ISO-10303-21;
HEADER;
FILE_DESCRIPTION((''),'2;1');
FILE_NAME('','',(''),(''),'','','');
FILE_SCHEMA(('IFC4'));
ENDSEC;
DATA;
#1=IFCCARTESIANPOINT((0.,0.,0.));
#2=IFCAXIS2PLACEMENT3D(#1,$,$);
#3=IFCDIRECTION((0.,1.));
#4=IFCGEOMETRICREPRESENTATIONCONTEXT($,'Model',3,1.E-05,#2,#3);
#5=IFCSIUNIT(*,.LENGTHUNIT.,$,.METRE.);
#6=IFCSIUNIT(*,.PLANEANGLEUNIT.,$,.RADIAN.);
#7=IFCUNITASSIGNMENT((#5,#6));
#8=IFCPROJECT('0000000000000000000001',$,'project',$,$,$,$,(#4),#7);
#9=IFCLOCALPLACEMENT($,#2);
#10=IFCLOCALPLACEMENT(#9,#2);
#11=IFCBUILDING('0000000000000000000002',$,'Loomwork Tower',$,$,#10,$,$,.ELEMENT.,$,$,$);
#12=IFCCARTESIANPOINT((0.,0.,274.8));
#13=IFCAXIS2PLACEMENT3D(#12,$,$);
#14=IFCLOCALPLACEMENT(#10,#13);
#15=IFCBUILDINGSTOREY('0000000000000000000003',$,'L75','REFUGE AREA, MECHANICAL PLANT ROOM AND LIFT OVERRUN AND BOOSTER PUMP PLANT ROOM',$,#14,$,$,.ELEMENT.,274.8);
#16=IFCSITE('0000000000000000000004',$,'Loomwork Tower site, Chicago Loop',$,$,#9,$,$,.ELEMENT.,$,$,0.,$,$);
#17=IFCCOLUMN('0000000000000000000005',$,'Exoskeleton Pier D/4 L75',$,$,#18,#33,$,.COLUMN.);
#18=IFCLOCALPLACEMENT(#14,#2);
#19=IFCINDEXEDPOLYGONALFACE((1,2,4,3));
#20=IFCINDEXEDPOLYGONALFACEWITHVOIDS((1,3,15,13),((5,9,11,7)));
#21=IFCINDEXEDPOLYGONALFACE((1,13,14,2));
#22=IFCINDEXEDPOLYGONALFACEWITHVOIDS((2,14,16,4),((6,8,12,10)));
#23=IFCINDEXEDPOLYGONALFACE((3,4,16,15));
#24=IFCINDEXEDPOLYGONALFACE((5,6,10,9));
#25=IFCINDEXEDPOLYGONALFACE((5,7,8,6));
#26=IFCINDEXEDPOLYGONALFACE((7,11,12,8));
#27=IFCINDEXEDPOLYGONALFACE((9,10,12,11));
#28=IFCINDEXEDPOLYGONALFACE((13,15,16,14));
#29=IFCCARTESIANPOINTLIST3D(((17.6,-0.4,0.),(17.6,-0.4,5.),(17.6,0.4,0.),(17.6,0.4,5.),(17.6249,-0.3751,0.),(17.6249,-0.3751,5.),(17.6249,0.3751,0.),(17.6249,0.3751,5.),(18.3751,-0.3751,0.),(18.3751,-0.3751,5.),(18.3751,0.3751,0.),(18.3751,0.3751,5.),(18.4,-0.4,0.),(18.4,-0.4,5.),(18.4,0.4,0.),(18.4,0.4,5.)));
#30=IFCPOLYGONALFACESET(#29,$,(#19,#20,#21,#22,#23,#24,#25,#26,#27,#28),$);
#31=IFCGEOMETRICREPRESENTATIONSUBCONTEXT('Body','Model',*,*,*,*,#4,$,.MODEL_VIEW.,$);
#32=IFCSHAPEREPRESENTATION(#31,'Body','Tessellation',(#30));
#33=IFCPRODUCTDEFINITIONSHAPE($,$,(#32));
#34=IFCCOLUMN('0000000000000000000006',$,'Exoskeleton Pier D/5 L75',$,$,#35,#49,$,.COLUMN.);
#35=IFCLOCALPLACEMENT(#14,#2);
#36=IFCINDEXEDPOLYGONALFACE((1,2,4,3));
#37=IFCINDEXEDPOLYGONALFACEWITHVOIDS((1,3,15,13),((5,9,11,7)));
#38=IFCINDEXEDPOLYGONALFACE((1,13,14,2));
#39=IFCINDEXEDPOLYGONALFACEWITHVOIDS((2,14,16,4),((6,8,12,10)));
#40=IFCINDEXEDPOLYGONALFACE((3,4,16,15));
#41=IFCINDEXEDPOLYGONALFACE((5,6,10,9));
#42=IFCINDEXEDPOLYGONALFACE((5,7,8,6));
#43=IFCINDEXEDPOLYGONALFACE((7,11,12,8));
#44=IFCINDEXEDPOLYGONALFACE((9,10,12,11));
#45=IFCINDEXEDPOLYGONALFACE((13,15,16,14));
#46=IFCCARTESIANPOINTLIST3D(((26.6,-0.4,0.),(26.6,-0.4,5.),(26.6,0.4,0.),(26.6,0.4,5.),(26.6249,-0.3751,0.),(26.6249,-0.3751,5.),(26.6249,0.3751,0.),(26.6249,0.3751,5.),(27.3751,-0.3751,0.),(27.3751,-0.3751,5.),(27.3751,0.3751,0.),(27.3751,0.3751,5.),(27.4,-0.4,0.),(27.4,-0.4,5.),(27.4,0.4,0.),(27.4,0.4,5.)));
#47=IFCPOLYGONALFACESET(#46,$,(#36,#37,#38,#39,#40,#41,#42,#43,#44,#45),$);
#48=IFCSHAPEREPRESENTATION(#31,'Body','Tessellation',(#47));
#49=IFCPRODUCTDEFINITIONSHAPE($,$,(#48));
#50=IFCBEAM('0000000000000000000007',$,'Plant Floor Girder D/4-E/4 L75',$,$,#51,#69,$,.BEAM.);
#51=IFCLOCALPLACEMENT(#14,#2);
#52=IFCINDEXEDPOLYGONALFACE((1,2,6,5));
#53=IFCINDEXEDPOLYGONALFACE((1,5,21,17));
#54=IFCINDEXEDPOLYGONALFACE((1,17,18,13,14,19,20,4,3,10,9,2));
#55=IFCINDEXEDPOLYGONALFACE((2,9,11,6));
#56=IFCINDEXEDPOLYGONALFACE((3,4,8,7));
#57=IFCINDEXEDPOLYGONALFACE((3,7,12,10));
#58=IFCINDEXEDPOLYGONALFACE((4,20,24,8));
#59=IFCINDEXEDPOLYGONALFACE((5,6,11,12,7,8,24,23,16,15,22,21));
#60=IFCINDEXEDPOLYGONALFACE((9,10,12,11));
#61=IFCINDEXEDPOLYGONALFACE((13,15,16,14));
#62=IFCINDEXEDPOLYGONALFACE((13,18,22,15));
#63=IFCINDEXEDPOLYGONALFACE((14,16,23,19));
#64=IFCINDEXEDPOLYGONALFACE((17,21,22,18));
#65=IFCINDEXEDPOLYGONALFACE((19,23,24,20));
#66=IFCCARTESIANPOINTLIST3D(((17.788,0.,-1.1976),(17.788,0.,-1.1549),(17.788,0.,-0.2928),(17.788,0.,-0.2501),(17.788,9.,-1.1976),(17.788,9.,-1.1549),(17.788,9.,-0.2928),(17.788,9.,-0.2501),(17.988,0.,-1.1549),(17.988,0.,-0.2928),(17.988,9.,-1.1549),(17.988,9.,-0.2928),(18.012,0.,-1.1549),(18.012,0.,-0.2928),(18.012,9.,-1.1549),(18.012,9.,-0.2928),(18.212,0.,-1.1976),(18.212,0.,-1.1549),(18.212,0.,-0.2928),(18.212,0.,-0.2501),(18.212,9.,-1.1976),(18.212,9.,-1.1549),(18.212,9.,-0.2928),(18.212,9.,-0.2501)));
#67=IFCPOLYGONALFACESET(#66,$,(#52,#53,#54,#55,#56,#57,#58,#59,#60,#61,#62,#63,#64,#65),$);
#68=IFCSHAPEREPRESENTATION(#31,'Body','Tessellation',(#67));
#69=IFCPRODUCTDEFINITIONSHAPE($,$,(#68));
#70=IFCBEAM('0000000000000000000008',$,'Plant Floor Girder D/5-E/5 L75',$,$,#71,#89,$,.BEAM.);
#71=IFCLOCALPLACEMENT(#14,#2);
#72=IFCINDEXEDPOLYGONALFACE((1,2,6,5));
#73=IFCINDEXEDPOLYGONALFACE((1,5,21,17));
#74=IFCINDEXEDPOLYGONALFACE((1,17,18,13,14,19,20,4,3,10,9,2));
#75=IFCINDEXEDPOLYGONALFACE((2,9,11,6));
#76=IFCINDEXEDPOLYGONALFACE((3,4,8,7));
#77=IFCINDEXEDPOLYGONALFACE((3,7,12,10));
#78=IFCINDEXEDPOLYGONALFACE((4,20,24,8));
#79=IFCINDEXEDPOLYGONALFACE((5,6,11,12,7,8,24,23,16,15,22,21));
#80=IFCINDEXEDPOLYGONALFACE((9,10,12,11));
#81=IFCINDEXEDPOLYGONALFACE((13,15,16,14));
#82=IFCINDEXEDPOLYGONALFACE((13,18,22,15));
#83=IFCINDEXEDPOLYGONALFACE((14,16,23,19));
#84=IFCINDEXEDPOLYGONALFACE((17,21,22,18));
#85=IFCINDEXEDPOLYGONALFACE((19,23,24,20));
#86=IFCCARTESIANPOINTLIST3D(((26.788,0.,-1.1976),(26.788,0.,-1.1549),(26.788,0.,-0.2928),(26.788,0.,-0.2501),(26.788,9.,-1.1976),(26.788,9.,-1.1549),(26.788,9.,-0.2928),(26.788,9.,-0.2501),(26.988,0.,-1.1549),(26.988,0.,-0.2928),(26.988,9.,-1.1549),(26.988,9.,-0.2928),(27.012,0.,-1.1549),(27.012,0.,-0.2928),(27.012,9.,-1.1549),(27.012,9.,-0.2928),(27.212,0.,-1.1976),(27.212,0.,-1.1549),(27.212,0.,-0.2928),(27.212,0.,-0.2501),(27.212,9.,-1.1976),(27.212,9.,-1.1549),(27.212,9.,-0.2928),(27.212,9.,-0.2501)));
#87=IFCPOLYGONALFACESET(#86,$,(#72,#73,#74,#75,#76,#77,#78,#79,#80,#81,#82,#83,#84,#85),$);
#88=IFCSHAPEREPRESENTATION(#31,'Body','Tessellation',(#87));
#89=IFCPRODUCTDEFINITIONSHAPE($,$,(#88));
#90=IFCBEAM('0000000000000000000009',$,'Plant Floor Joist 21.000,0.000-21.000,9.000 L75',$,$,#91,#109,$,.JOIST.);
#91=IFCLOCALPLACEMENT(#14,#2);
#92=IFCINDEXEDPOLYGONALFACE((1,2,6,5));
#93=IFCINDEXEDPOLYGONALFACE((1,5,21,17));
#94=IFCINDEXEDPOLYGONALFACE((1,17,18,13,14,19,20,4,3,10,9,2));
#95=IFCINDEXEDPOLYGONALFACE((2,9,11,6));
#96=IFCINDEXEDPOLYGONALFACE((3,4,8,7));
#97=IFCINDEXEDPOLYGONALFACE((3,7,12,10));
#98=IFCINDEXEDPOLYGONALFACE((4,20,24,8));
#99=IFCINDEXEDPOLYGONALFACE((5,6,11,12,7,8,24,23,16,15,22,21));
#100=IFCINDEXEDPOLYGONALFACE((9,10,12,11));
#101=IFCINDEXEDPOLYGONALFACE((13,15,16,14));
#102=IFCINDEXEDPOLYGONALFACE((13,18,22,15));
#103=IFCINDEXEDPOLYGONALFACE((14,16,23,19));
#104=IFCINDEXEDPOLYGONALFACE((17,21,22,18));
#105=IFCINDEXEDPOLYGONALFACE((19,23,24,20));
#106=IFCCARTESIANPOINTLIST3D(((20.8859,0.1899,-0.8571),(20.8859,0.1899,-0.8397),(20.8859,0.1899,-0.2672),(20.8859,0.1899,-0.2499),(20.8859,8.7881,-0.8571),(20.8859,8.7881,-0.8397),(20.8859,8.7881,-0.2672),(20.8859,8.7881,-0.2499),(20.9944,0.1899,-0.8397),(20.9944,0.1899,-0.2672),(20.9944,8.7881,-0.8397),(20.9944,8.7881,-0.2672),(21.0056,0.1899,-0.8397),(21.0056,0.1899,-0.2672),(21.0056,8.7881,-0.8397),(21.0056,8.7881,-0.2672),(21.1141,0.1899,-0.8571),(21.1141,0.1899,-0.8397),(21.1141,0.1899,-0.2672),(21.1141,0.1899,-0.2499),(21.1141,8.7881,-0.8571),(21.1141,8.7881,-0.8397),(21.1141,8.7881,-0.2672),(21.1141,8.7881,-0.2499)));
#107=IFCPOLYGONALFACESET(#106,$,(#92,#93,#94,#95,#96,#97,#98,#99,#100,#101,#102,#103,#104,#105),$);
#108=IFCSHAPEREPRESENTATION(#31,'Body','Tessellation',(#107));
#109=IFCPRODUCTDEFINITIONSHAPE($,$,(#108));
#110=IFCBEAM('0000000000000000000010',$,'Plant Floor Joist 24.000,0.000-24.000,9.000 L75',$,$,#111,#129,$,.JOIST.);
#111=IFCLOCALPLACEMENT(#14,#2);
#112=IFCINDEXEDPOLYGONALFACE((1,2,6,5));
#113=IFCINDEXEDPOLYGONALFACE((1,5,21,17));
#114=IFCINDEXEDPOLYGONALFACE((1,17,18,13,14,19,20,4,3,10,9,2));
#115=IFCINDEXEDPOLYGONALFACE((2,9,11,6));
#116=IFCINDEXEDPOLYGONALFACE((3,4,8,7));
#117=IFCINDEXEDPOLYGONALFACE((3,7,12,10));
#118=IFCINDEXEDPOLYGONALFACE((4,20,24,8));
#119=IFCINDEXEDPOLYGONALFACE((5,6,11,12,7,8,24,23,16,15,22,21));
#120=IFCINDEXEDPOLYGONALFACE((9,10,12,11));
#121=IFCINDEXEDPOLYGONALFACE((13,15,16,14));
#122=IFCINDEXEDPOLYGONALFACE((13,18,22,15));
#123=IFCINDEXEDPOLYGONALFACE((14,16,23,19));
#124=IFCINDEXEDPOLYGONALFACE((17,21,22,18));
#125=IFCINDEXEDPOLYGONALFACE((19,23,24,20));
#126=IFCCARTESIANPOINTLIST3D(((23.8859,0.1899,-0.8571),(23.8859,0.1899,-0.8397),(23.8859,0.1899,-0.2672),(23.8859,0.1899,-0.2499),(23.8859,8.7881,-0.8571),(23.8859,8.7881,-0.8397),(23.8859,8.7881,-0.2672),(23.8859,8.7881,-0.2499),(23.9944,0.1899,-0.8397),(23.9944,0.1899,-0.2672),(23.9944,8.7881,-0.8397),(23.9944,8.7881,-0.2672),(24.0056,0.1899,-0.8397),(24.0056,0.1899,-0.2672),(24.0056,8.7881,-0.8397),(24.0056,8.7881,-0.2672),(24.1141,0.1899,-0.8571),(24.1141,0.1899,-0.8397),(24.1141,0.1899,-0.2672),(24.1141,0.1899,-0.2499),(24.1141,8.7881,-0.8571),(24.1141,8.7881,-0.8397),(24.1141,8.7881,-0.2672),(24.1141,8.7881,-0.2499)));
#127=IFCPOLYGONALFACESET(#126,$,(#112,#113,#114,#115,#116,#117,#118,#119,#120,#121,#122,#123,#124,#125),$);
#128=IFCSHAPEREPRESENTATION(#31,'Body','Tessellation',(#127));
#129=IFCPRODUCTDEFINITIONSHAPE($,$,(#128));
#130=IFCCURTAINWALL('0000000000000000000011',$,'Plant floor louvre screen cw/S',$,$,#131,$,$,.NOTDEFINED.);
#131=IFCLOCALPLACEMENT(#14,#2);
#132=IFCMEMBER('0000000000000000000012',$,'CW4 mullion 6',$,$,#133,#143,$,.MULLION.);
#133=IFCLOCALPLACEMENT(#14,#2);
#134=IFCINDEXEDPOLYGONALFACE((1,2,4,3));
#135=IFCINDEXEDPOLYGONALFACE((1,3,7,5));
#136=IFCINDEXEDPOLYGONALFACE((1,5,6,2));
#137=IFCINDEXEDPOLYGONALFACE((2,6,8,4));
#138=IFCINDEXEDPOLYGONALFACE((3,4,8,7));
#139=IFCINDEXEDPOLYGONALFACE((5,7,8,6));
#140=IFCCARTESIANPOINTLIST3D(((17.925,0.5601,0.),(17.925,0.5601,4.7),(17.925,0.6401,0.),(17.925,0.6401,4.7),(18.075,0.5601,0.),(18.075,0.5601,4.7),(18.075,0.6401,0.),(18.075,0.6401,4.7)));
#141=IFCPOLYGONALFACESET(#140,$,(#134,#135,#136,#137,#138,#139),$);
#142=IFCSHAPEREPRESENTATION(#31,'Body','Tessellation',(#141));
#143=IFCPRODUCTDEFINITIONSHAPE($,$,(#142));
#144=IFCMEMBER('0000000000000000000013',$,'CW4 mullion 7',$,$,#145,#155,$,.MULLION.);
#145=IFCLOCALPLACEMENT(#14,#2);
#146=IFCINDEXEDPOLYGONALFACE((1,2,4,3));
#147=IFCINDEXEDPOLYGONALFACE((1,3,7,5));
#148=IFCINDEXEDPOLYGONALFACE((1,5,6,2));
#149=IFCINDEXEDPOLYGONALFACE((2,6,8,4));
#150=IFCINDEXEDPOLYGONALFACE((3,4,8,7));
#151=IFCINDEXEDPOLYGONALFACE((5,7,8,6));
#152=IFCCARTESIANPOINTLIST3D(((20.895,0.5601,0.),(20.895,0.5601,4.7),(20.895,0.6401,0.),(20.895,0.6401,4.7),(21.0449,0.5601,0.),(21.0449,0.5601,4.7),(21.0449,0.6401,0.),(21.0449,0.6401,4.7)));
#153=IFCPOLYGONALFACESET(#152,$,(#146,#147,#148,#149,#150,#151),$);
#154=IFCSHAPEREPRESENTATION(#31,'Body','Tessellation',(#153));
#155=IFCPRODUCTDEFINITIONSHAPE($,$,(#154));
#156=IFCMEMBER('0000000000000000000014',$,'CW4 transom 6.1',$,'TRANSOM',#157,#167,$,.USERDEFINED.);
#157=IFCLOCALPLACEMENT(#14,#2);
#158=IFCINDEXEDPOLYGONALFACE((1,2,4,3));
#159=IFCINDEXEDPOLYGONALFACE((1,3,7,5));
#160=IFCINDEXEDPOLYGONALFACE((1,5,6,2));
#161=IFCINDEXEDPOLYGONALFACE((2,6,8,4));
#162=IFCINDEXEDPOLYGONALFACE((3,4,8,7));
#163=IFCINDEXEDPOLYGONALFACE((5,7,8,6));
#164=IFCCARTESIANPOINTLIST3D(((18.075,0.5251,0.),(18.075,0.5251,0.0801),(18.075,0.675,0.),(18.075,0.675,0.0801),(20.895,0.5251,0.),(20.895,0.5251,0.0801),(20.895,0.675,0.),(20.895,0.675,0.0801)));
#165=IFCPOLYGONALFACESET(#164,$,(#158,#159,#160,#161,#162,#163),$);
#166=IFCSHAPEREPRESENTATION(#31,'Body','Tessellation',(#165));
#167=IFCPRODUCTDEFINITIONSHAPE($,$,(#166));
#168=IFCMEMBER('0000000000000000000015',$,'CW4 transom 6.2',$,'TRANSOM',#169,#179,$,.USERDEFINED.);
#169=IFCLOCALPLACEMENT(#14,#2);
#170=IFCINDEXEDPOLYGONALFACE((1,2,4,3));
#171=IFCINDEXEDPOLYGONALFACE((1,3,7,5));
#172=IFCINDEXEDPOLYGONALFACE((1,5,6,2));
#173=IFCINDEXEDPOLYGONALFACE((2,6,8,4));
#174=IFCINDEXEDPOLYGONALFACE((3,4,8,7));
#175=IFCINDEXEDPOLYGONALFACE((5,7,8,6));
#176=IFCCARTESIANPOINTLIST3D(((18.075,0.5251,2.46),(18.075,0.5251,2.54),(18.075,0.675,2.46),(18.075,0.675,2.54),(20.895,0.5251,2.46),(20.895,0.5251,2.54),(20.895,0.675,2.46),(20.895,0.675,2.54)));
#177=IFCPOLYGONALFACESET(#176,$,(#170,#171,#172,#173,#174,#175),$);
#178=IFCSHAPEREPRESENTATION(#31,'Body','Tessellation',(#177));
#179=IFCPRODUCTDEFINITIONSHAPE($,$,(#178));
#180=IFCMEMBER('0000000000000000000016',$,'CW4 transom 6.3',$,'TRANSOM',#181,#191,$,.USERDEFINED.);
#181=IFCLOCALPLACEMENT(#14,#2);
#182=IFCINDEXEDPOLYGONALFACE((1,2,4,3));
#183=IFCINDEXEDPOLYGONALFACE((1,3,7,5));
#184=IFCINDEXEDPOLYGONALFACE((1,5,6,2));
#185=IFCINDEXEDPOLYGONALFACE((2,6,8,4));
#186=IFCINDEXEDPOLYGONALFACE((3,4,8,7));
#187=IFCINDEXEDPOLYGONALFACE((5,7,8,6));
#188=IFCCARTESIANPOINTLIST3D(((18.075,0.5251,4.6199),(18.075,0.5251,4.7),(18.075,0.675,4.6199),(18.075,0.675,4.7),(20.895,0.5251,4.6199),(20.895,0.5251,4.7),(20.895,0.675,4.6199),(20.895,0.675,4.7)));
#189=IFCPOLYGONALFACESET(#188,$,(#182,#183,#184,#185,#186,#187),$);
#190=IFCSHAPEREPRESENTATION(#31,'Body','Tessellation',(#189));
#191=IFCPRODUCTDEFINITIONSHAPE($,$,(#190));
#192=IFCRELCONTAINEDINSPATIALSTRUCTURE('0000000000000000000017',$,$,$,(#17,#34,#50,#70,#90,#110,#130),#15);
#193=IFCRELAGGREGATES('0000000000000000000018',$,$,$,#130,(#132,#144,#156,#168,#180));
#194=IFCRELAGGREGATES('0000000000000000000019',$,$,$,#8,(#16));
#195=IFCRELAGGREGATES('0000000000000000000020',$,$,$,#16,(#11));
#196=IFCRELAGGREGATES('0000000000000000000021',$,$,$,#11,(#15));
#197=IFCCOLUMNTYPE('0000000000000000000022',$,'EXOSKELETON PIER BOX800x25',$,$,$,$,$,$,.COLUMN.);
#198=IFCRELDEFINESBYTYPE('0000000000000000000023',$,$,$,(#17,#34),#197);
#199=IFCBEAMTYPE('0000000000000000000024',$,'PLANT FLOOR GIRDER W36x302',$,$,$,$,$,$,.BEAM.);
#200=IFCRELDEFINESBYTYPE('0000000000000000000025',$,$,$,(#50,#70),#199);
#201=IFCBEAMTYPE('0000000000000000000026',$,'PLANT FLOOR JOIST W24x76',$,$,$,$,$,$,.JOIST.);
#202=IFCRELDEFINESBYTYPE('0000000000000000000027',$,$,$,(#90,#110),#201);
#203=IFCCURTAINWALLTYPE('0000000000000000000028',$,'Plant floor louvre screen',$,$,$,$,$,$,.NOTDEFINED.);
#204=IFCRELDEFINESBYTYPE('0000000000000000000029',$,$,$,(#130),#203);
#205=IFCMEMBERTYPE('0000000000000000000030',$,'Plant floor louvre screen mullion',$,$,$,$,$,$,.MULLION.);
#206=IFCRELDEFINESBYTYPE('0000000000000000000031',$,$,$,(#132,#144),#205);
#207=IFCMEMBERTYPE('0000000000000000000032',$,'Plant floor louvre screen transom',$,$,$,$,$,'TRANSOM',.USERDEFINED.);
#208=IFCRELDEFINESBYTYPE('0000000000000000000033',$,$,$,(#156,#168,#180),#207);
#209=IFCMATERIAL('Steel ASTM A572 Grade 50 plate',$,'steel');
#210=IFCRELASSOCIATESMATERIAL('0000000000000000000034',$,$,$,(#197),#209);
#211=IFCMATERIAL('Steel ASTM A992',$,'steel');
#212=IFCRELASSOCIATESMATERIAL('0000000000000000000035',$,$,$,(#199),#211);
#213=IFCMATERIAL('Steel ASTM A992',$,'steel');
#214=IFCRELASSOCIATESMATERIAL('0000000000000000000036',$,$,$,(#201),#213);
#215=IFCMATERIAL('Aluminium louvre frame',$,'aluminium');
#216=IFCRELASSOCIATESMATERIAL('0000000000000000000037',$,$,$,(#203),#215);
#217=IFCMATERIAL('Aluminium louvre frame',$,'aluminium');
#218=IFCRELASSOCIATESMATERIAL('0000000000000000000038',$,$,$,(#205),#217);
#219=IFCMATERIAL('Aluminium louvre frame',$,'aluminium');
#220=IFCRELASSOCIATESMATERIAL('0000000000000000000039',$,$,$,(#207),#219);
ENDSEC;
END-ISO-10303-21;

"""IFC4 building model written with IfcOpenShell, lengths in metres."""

from ifc_helpers import new_model, si_unit, direction, frame, origin, origin_2d, place, context, subcontext, project, spatial, rectangle, hollow_rectangle, i_section, extrude, material, material_profile, profile_set, type_object, element, aggregate, save


model = new_model("IFC4")

# Units and contexts
model_context = context("Model", 3, precision=1e-05, world=origin(), true_north=direction((0.0, 1.0)))
body_context = subcontext(model_context, "Body", "Model", "MODEL_VIEW")
ifc_project = project(units=[si_unit("LENGTHUNIT", "METRE"), si_unit("PLANEANGLEUNIT", "RADIAN")], contexts=[model_context])

# Site, building, storey
site_placement = place(None, origin())
site = spatial("IfcSite", under=ifc_project, at=site_placement, Name="Loomwork Tower site, Chicago Loop", CompositionType="ELEMENT", RefElevation=0.0)
building_placement = place(site_placement, origin())
building = spatial("IfcBuilding", under=site, at=building_placement, Name="Loomwork Tower", CompositionType="ELEMENT")
storey_placement = place(building_placement, frame((0.0, 0.0, 274.8)))
storey = spatial("IfcBuildingStorey", under=building, at=storey_placement, Name="L75", Description="REFUGE AREA, MECHANICAL PLANT ROOM AND LIFT OVERRUN AND BOOSTER PUMP PLANT ROOM", CompositionType="ELEMENT", Elevation=274.8)

# Columns
ifc_material_1 = material(Name="Steel ASTM A572 Grade 50 plate", Category="steel")
ifc_material_profile_1 = material_profile(ifc_material_1, hollow_rectangle(XDim=0.8, YDim=0.8, WallThickness=0.0249, at=origin_2d()), Name="BOX800x25")
ifc_profile_set_1 = profile_set([ifc_material_profile_1], Name="Steel ASTM A572 Grade 50 plate")
column_type = type_object("IfcColumnType", Name="EXOSKELETON PIER BOX800x25", PredefinedType="COLUMN", material=ifc_profile_set_1)
for number, where, z_axis, x_axis, name in (
    (1, (18.0, 0.0, 0.0), (0.0, 0.0, 1.0), (1.0, 0.0, 0.0), "Exoskeleton Pier D/4 L75"),
    (2, (27.0, 0.0, 0.0), (0.0, 0.0, 1.0), (1.0, 0.0, 0.0), "Exoskeleton Pier D/5 L75"),
):
    element("IfcColumn", number, at=place(storey_placement, frame(where, z_axis=z_axis, x_axis=x_axis)), inside=storey, type_object=column_type, Name=name, PredefinedType="COLUMN", context=body_context, shape_type="SweptSolid", body=[
        extrude(hollow_rectangle(XDim=0.8, YDim=0.8, WallThickness=0.0249, at=origin_2d()), origin(), (0.0, 0.0, 1.0), 5.0),
    ])

# Beams
ifc_material_2 = material(Name="Steel ASTM A992", Category="steel")
ifc_material_profile_2 = material_profile(ifc_material_2, i_section(OverallWidth=0.4241, OverallDepth=0.9475, WebThickness=0.0239, FlangeThickness=0.0427, at=origin_2d()), Name="W36x302")
ifc_profile_set_2 = profile_set([ifc_material_profile_2], Name="Steel ASTM A992")
beam_type_1 = type_object("IfcBeamType", Name="PLANT FLOOR GIRDER W36x302", PredefinedType="BEAM", material=ifc_profile_set_2)
for number, where, z_axis, x_axis, name in (
    (3, (18.0, 0.0, -0.7239), (0.0, 1.0, 0.0), (-1.0, 0.0, 0.0), "Plant Floor Girder D/4-E/4 L75"),
    (4, (27.0, 0.0, -0.7239), (0.0, 1.0, 0.0), (-1.0, 0.0, 0.0), "Plant Floor Girder D/5-E/5 L75"),
):
    element("IfcBeam", number, at=place(storey_placement, frame(where, z_axis=z_axis, x_axis=x_axis)), inside=storey, type_object=beam_type_1, Name=name, PredefinedType="BEAM", context=body_context, shape_type="SweptSolid", body=[
        extrude(i_section(OverallWidth=0.4241, OverallDepth=0.9475, WebThickness=0.0239, FlangeThickness=0.0427, at=origin_2d()), origin(), (0.0, 0.0, 1.0), 9.0),
    ])
ifc_material_3 = material(Name="Steel ASTM A992", Category="steel")
ifc_material_profile_3 = material_profile(ifc_material_3, i_section(OverallWidth=0.2283, OverallDepth=0.6072, WebThickness=0.0112, FlangeThickness=0.0173, at=origin_2d()), Name="W24x76")
ifc_profile_set_3 = profile_set([ifc_material_profile_3], Name="Steel ASTM A992")
beam_type_2 = type_object("IfcBeamType", Name="PLANT FLOOR JOIST W24x76", PredefinedType="JOIST", material=ifc_profile_set_3)
for number, where, z_axis, x_axis, name in (
    (5, (21.0, 0.1899, -0.5535), (0.0, 1.0, 0.0), (-1.0, 0.0, 0.0), "Plant Floor Joist 21.000,0.000-21.000,9.000 L75"),
    (6, (24.0, 0.1899, -0.5535), (0.0, 1.0, 0.0), (-1.0, 0.0, 0.0), "Plant Floor Joist 24.000,0.000-24.000,9.000 L75"),
):
    element("IfcBeam", number, at=place(storey_placement, frame(where, z_axis=z_axis, x_axis=x_axis)), inside=storey, type_object=beam_type_2, Name=name, PredefinedType="JOIST", context=body_context, shape_type="SweptSolid", body=[
        extrude(i_section(OverallWidth=0.2283, OverallDepth=0.6072, WebThickness=0.0112, FlangeThickness=0.0173, at=origin_2d()), origin(), (0.0, 0.0, 1.0), 8.5981),
    ])

# Curtain wall, members
ifc_material_4 = material(Name="Aluminium louvre frame", Category="aluminium")
curtain_wall_type = type_object("IfcCurtainWallType", Name="Plant floor louvre screen", PredefinedType="NOTDEFINED", material=ifc_material_4)
curtain_wall_placement = place(storey_placement, origin())
curtain_wall = element("IfcCurtainWall", 7, at=curtain_wall_placement, inside=storey, type_object=curtain_wall_type, Name="Plant floor louvre screen cw/S", PredefinedType="NOTDEFINED")
ifc_material_5 = material(Name="Aluminium louvre frame", Category="aluminium")
ifc_material_profile_4 = material_profile(ifc_material_5, rectangle(XDim=0.0801, YDim=0.1499, at=origin_2d()), Name="AL 80x150")
ifc_profile_set_4 = profile_set([ifc_material_profile_4], Name="Aluminium louvre frame")
member_type_1 = type_object("IfcMemberType", Name="Plant floor louvre screen mullion", PredefinedType="MULLION", material=ifc_profile_set_4)
member_1_placement = place(storey_placement, frame((18.0, 0.6001, 0.0), z_axis=(0.0, 0.0, 1.0), x_axis=(0.0, 1.0, 0.0)))
member_1 = element("IfcMember", 8, at=member_1_placement, type_object=member_type_1, Name="CW4 mullion 6", PredefinedType="MULLION", context=body_context, shape_type="SweptSolid", body=[
    extrude(rectangle(XDim=0.0801, YDim=0.1499, at=origin_2d()), origin(), (0.0, 0.0, 1.0), 4.7),
])
member_2_placement = place(storey_placement, frame((20.97, 0.6001, 0.0), z_axis=(0.0, 0.0, 1.0), x_axis=(0.0, 1.0, 0.0)))
member_2 = element("IfcMember", 9, at=member_2_placement, type_object=member_type_1, Name="CW4 mullion 7", PredefinedType="MULLION", context=body_context, shape_type="SweptSolid", body=[
    extrude(rectangle(XDim=0.0801, YDim=0.1499, at=origin_2d()), origin(), (0.0, 0.0, 1.0), 4.7),
])
ifc_material_6 = material(Name="Aluminium louvre frame", Category="aluminium")
ifc_material_profile_5 = material_profile(ifc_material_6, rectangle(XDim=0.1499, YDim=0.0801, at=origin_2d()), Name="AL 80x150")
ifc_profile_set_5 = profile_set([ifc_material_profile_5], Name="Aluminium louvre frame")
member_type_2 = type_object("IfcMemberType", Name="Plant floor louvre screen transom", ElementType="TRANSOM", PredefinedType="USERDEFINED", material=ifc_profile_set_5)
member_3_placement = place(storey_placement, frame((18.075, 0.6001, 0.04), z_axis=(1.0, 0.0, 0.0), x_axis=(0.0, 1.0, 0.0)))
member_3 = element("IfcMember", 10, at=member_3_placement, type_object=member_type_2, Name="CW4 transom 6.1", ObjectType="TRANSOM", PredefinedType="USERDEFINED", context=body_context, shape_type="SweptSolid", body=[
    extrude(rectangle(XDim=0.1499, YDim=0.0801, at=origin_2d()), origin(), (0.0, 0.0, 1.0), 2.8201),
])
member_4_placement = place(storey_placement, frame((18.075, 0.6001, 2.5), z_axis=(1.0, 0.0, 0.0), x_axis=(0.0, 1.0, 0.0)))
member_4 = element("IfcMember", 11, at=member_4_placement, type_object=member_type_2, Name="CW4 transom 6.2", ObjectType="TRANSOM", PredefinedType="USERDEFINED", context=body_context, shape_type="SweptSolid", body=[
    extrude(rectangle(XDim=0.1499, YDim=0.0801, at=origin_2d()), origin(), (0.0, 0.0, 1.0), 2.8201),
])
member_5_placement = place(storey_placement, frame((18.075, 0.6001, 4.6599), z_axis=(1.0, 0.0, 0.0), x_axis=(0.0, 1.0, 0.0)))
member_5 = element("IfcMember", 12, at=member_5_placement, type_object=member_type_2, Name="CW4 transom 6.3", ObjectType="TRANSOM", PredefinedType="USERDEFINED", context=body_context, shape_type="SweptSolid", body=[
    extrude(rectangle(XDim=0.1499, YDim=0.0801, at=origin_2d()), origin(), (0.0, 0.0, 1.0), 2.8201),
])

aggregate(curtain_wall, [member_1, member_2, member_3, member_4, member_5])

save(model, "model.ifc")
